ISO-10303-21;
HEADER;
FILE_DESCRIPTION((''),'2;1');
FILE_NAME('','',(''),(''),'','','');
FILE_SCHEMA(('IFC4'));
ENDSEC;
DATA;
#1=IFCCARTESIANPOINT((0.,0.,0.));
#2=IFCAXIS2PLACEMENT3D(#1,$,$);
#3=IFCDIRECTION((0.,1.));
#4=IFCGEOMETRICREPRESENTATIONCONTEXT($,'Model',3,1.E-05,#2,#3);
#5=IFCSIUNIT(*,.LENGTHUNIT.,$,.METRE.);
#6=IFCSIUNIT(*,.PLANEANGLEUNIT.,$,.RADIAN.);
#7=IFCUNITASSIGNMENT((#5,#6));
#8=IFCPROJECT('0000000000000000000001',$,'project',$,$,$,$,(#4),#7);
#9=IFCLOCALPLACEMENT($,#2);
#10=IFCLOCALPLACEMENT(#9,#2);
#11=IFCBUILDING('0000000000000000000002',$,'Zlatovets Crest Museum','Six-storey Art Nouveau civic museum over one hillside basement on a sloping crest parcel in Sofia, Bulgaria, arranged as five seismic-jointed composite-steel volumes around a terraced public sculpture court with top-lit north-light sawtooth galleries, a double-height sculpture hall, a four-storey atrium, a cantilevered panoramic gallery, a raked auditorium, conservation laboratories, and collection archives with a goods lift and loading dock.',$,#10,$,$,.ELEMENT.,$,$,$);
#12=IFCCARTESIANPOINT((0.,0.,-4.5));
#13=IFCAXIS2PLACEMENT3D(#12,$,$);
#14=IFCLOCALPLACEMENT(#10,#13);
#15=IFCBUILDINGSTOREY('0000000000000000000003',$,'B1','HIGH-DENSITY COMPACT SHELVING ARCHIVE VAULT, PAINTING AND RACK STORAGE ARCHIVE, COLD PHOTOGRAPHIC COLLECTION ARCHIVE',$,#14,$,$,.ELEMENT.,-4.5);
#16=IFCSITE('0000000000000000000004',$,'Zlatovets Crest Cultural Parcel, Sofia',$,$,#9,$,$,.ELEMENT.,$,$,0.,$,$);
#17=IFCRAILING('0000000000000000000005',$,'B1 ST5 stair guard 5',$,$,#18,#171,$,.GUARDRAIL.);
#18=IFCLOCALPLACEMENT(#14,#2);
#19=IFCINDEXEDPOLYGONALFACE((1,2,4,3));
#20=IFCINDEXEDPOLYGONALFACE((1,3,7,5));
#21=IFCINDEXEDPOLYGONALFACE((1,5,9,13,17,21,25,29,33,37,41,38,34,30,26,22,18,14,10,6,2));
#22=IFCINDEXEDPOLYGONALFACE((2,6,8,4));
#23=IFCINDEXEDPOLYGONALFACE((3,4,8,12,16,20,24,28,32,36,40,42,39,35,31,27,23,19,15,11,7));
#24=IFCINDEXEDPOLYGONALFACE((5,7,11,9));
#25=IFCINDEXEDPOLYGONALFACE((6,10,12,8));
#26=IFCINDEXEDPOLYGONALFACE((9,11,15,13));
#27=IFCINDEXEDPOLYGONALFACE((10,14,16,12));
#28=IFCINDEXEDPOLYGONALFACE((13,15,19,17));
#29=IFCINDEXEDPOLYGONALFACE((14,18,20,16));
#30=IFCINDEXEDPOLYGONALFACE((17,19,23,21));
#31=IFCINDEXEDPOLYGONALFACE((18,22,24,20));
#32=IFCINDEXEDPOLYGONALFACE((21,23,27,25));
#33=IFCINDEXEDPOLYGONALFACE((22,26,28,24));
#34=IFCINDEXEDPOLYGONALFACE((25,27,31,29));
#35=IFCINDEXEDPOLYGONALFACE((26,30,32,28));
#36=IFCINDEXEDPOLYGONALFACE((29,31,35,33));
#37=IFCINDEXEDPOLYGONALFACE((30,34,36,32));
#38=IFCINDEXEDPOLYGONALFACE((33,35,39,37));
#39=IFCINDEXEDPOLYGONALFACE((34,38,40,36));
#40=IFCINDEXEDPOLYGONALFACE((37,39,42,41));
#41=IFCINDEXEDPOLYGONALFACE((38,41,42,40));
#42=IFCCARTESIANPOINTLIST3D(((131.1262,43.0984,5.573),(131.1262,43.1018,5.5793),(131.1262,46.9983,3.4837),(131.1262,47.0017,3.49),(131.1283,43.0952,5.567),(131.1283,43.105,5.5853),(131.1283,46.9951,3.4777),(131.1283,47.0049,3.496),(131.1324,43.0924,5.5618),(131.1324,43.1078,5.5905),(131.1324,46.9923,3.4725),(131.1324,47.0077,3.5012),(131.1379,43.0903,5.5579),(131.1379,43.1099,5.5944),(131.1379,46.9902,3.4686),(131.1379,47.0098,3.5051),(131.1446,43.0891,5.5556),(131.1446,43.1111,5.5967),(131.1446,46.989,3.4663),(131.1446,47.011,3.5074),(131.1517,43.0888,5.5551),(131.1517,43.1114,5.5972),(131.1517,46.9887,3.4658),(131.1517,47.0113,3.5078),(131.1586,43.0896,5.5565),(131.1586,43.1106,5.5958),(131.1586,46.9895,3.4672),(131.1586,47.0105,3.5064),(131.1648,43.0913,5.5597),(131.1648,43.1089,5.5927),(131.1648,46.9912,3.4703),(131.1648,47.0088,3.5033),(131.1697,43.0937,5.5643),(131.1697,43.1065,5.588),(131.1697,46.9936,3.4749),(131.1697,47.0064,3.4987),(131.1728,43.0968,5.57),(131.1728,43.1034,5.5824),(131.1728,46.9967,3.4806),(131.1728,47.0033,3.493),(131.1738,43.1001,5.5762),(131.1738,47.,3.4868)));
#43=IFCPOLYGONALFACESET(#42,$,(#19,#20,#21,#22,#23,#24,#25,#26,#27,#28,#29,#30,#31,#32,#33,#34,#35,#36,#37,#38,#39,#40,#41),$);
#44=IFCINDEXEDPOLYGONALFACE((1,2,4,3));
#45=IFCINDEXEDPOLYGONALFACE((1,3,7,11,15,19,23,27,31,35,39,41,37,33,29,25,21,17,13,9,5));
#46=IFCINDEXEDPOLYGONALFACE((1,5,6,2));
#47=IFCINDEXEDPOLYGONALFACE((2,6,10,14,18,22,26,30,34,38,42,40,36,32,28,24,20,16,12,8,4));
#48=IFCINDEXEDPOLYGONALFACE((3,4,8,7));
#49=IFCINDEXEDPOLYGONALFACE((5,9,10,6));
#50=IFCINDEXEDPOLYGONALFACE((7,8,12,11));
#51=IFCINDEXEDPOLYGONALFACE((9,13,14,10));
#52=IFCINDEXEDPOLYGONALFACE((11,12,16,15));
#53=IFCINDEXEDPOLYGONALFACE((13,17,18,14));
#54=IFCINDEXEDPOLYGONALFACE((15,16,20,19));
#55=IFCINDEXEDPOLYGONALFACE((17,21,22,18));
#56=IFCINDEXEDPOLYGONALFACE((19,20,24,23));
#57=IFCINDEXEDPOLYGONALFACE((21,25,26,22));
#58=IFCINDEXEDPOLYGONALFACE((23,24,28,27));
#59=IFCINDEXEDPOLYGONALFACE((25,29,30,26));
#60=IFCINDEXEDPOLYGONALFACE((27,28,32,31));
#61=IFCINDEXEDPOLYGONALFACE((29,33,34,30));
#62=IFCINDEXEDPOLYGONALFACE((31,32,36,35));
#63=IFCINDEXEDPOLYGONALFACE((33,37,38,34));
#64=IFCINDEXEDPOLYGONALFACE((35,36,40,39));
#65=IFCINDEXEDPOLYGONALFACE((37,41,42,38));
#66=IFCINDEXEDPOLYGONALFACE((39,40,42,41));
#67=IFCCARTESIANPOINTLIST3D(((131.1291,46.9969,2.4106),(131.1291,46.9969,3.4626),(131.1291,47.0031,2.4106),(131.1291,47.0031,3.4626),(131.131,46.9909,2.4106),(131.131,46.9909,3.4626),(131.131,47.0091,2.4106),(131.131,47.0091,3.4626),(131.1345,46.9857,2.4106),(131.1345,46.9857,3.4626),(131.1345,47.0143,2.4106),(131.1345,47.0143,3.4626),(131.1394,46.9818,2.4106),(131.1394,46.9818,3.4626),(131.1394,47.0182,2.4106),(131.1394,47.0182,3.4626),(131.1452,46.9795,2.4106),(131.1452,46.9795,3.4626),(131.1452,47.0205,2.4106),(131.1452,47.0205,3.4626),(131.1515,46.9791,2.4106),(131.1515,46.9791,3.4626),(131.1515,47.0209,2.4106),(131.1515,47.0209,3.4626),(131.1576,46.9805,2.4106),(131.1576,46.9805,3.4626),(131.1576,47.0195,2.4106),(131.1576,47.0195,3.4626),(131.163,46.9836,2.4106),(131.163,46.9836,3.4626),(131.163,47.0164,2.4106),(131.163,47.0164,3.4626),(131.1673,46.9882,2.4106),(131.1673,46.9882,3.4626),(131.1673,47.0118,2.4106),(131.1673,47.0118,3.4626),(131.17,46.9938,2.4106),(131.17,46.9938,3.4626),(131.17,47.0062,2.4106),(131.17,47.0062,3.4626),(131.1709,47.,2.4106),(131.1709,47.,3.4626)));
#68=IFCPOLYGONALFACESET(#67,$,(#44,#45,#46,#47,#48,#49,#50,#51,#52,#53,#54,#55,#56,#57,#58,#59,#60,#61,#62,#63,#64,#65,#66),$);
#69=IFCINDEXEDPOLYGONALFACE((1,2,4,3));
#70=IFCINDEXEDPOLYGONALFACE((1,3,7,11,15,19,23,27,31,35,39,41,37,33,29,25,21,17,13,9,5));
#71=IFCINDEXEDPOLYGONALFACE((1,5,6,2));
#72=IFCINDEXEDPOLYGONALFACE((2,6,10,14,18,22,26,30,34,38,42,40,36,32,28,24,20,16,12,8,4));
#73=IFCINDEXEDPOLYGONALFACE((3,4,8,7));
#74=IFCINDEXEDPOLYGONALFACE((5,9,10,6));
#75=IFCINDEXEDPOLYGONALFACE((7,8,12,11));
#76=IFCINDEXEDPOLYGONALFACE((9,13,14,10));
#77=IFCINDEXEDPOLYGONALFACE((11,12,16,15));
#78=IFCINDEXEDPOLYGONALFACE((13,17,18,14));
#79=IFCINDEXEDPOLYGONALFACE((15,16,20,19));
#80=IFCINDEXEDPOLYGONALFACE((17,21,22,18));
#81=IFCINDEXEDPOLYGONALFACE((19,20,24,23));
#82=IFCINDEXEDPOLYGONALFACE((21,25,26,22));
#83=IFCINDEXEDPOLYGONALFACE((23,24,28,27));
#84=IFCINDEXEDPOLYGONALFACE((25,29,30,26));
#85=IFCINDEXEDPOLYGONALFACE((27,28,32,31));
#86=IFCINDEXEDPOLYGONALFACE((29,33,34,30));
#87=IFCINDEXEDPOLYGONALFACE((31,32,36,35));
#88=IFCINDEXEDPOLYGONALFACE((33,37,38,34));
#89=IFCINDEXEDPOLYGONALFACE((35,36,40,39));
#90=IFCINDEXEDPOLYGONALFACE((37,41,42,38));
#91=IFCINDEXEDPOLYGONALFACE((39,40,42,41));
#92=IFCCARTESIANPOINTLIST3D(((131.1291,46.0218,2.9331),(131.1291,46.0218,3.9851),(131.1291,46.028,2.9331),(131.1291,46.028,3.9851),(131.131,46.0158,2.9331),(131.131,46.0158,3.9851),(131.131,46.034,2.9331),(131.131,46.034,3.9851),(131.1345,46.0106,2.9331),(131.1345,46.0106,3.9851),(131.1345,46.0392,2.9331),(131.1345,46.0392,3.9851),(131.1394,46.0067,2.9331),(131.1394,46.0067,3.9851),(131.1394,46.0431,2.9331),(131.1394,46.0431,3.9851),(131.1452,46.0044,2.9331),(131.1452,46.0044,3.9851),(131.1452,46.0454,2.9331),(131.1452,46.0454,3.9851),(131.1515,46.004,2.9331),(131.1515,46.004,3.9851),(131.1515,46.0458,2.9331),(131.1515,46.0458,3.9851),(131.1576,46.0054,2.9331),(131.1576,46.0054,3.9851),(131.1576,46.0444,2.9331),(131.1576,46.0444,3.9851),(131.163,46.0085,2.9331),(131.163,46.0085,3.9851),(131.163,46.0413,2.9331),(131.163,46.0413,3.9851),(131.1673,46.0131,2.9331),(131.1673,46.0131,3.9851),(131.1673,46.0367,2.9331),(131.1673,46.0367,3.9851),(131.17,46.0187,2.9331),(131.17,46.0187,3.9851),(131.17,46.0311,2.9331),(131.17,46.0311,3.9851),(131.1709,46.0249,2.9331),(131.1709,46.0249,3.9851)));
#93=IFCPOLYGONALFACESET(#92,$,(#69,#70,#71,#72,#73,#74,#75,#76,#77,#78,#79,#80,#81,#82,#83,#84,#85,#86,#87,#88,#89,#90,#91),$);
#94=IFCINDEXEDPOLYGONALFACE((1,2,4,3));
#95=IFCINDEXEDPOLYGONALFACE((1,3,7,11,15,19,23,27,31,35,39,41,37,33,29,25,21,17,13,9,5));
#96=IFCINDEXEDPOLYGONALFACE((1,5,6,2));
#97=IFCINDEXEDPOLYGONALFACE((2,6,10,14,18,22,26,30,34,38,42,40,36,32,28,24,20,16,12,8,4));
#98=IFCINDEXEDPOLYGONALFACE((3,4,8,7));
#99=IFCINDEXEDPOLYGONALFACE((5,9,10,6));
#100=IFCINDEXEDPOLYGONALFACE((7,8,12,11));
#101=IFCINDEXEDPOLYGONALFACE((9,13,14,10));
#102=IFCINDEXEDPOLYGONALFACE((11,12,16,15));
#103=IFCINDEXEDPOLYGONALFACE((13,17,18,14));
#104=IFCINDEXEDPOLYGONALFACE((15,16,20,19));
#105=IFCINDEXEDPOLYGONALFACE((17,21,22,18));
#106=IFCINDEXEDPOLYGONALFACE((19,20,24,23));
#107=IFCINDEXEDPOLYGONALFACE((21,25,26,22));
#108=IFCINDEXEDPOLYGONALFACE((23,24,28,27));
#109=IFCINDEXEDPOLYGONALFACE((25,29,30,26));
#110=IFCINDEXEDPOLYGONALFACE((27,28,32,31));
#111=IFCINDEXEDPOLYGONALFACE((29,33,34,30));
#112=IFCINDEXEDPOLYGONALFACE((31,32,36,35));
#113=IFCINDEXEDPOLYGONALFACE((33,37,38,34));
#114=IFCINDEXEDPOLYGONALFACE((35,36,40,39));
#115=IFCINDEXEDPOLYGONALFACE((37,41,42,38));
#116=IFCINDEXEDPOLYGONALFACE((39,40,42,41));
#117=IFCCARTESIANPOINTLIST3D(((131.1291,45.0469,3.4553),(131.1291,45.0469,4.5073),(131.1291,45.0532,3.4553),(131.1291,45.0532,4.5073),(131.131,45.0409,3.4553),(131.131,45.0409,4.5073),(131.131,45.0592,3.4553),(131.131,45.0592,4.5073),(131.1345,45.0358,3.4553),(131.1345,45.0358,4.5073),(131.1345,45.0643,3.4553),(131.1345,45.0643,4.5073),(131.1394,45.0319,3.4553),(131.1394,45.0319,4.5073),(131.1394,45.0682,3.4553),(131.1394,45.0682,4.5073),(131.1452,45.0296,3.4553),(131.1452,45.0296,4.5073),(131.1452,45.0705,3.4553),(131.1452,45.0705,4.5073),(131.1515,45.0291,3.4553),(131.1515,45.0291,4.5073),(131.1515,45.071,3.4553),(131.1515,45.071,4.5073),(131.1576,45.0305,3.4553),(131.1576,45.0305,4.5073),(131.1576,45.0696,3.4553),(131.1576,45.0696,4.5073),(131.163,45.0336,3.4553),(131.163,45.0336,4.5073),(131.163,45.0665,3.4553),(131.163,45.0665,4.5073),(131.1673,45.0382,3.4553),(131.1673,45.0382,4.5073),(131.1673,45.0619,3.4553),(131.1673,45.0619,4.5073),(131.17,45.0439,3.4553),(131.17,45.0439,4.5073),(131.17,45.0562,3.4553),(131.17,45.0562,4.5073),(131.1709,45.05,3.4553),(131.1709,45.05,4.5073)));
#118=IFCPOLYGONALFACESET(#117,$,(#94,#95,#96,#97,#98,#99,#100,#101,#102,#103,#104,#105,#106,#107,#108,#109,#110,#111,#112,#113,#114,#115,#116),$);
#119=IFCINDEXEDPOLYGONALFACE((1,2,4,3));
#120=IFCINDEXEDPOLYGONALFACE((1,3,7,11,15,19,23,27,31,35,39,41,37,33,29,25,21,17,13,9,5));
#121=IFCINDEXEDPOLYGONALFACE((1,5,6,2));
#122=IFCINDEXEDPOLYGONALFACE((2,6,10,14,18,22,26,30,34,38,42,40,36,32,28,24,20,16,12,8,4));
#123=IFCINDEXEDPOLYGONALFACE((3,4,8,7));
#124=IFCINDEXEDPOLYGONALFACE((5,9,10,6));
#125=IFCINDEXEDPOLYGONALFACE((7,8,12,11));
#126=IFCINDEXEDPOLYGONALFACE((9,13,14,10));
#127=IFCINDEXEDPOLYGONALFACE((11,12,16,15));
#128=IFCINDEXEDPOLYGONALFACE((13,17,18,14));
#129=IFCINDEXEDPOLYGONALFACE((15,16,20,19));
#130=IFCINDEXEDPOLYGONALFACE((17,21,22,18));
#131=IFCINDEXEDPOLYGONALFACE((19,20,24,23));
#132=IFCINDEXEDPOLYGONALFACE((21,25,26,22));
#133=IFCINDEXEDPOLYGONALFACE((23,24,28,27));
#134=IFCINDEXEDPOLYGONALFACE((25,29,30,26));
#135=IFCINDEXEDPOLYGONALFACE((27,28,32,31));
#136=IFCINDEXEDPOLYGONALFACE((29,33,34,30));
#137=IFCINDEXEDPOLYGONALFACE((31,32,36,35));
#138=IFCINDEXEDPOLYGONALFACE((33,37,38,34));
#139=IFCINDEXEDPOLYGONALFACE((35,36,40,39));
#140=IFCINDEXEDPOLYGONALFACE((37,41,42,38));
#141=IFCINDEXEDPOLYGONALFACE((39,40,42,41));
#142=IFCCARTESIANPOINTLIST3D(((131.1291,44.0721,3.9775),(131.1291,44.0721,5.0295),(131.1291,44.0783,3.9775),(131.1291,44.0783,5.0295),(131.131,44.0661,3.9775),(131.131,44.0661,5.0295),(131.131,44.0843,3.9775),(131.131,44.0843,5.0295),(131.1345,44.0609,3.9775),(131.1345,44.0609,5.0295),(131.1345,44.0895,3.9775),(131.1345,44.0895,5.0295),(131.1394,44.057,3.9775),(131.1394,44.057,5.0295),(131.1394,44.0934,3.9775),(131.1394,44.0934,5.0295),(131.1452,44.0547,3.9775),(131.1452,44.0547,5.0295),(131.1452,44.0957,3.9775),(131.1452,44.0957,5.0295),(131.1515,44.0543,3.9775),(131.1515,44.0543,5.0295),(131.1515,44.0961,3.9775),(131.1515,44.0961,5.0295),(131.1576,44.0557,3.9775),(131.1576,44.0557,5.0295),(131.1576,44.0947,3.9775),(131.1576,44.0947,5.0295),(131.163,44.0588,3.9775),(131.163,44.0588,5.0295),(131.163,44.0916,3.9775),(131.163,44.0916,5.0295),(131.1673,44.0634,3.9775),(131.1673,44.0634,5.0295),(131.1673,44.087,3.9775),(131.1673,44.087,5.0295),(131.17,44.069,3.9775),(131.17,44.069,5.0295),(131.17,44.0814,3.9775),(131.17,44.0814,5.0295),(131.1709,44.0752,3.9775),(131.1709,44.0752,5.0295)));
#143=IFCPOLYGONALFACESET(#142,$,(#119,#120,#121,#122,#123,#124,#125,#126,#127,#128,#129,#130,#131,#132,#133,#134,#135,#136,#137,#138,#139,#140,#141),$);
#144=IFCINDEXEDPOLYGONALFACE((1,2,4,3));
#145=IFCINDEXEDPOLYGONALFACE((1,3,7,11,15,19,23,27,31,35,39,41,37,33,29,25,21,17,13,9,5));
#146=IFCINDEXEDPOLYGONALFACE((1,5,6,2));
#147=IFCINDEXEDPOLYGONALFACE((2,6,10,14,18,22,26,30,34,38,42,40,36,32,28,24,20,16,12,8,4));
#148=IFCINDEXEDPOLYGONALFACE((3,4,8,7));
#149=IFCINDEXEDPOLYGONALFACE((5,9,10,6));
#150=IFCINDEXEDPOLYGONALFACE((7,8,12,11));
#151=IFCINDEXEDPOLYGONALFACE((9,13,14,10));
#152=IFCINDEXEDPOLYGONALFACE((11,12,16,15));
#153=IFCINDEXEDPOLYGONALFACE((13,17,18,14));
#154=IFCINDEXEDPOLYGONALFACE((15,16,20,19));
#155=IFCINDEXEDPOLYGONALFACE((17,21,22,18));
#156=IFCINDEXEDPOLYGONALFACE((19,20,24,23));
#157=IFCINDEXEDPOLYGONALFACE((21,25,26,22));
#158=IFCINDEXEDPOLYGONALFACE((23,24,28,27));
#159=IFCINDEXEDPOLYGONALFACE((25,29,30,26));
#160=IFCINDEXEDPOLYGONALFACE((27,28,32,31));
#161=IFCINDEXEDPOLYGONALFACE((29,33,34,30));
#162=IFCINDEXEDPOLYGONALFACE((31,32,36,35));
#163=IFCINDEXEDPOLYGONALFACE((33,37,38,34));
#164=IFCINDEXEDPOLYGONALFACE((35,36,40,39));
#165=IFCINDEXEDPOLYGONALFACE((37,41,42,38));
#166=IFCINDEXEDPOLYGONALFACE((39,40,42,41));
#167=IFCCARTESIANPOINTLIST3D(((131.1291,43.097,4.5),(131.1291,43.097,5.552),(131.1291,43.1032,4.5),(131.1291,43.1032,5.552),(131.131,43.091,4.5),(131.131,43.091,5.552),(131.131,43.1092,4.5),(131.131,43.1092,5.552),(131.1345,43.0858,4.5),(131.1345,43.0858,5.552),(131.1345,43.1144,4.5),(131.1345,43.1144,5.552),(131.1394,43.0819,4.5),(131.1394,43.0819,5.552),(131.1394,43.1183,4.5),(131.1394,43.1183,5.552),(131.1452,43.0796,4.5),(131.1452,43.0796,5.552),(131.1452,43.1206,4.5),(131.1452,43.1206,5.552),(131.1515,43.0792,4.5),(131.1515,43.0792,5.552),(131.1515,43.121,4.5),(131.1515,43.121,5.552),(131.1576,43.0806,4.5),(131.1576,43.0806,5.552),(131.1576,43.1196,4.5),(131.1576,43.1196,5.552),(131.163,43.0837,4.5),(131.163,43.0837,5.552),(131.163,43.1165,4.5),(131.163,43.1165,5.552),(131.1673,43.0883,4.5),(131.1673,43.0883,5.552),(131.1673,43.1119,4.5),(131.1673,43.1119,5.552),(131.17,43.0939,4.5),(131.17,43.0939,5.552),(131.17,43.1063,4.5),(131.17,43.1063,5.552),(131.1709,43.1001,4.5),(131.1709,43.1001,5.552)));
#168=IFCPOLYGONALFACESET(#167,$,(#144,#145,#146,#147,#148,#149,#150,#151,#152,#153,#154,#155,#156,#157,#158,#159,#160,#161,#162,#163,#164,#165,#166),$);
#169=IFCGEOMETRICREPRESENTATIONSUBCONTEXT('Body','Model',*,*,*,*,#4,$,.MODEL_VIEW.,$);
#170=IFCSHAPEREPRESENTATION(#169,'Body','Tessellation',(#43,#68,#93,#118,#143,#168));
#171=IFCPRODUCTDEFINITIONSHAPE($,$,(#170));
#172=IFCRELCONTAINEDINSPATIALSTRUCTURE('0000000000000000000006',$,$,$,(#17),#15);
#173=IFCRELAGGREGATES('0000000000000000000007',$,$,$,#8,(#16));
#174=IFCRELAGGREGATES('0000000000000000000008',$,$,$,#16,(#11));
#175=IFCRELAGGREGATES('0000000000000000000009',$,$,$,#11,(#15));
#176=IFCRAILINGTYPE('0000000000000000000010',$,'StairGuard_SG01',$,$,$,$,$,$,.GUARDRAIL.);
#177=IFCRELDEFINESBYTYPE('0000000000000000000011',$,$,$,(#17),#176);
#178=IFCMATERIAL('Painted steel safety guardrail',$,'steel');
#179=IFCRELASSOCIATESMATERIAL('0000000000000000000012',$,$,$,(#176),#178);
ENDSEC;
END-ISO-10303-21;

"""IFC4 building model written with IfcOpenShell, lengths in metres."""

from ifc_helpers import new_model, si_unit, direction, frame, origin, origin_2d, place, context, subcontext, project, spatial, circle, extrude, material, type_object, element, save


model = new_model("IFC4")

# Units and contexts
model_context = context("Model", 3, precision=1e-05, world=origin(), true_north=direction((0.0, 1.0)))
body_context = subcontext(model_context, "Body", "Model", "MODEL_VIEW")
ifc_project = project(units=[si_unit("LENGTHUNIT", "METRE"), si_unit("PLANEANGLEUNIT", "RADIAN")], contexts=[model_context])

# Site, building, storey
site_placement = place(None, origin())
site = spatial("IfcSite", under=ifc_project, at=site_placement, Name="Zlatovets Crest Cultural Parcel, Sofia", CompositionType="ELEMENT", RefElevation=0.0)
building_placement = place(site_placement, origin())
building = spatial("IfcBuilding", under=site, at=building_placement, Name="Zlatovets Crest Museum", Description="Six-storey Art Nouveau civic museum over one hillside basement on a sloping crest parcel in Sofia, Bulgaria, arranged as five seismic-jointed composite-steel volumes around a terraced public sculpture court with top-lit north-light sawtooth galleries, a double-height sculpture hall, a four-storey atrium, a cantilevered panoramic gallery, a raked auditorium, conservation laboratories, and collection archives with a goods lift and loading dock.", CompositionType="ELEMENT")
storey_placement = place(building_placement, frame((0.0, 0.0, -4.5)))
storey = spatial("IfcBuildingStorey", under=building, at=storey_placement, Name="B1", Description="HIGH-DENSITY COMPACT SHELVING ARCHIVE VAULT, PAINTING AND RACK STORAGE ARCHIVE, COLD PHOTOGRAPHIC COLLECTION ARCHIVE", CompositionType="ELEMENT", Elevation=-4.5)

# Railing
ifc_material_1 = material(Name="Painted steel safety guardrail", Category="steel")
railing_type_1 = type_object("IfcRailingType", Name="StairGuard_SG01", PredefinedType="GUARDRAIL", material=ifc_material_1)
railing_1_placement = place(storey_placement, frame((131.1499, 47.0, 2.4106)))
element("IfcRailing", 1, at=railing_1_placement, inside=storey, type_object=railing_type_1, Name="B1 ST5 stair guard 5", PredefinedType="GUARDRAIL", context=body_context, shape_type="SweptSolid", body=[
    extrude(circle(Radius=0.0239, at=origin_2d()), frame((0.0, 0.0, 1.0762), z_axis=(0.0, -0.881468, 0.472243), x_axis=(1.0, 0.0, 0.0)), (0.0, 0.0, 1.0), 4.4243),
    extrude(circle(Radius=0.021, at=origin_2d()), origin(), (0.0, 0.0, 1.0), 1.052),
    extrude(circle(Radius=0.021, at=origin_2d()), frame((0.0, -0.9751, 0.5225)), (0.0, 0.0, 1.0), 1.052),
    extrude(circle(Radius=0.021, at=origin_2d()), frame((0.0, -1.95, 1.0447)), (0.0, 0.0, 1.0), 1.052),
    extrude(circle(Radius=0.021, at=origin_2d()), frame((0.0, -2.9248, 1.5669)), (0.0, 0.0, 1.0), 1.052),
    extrude(circle(Radius=0.021, at=origin_2d()), frame((0.0, -3.8999, 2.0894)), (0.0, 0.0, 1.0), 1.052),
])

save(model, "model.ifc")
